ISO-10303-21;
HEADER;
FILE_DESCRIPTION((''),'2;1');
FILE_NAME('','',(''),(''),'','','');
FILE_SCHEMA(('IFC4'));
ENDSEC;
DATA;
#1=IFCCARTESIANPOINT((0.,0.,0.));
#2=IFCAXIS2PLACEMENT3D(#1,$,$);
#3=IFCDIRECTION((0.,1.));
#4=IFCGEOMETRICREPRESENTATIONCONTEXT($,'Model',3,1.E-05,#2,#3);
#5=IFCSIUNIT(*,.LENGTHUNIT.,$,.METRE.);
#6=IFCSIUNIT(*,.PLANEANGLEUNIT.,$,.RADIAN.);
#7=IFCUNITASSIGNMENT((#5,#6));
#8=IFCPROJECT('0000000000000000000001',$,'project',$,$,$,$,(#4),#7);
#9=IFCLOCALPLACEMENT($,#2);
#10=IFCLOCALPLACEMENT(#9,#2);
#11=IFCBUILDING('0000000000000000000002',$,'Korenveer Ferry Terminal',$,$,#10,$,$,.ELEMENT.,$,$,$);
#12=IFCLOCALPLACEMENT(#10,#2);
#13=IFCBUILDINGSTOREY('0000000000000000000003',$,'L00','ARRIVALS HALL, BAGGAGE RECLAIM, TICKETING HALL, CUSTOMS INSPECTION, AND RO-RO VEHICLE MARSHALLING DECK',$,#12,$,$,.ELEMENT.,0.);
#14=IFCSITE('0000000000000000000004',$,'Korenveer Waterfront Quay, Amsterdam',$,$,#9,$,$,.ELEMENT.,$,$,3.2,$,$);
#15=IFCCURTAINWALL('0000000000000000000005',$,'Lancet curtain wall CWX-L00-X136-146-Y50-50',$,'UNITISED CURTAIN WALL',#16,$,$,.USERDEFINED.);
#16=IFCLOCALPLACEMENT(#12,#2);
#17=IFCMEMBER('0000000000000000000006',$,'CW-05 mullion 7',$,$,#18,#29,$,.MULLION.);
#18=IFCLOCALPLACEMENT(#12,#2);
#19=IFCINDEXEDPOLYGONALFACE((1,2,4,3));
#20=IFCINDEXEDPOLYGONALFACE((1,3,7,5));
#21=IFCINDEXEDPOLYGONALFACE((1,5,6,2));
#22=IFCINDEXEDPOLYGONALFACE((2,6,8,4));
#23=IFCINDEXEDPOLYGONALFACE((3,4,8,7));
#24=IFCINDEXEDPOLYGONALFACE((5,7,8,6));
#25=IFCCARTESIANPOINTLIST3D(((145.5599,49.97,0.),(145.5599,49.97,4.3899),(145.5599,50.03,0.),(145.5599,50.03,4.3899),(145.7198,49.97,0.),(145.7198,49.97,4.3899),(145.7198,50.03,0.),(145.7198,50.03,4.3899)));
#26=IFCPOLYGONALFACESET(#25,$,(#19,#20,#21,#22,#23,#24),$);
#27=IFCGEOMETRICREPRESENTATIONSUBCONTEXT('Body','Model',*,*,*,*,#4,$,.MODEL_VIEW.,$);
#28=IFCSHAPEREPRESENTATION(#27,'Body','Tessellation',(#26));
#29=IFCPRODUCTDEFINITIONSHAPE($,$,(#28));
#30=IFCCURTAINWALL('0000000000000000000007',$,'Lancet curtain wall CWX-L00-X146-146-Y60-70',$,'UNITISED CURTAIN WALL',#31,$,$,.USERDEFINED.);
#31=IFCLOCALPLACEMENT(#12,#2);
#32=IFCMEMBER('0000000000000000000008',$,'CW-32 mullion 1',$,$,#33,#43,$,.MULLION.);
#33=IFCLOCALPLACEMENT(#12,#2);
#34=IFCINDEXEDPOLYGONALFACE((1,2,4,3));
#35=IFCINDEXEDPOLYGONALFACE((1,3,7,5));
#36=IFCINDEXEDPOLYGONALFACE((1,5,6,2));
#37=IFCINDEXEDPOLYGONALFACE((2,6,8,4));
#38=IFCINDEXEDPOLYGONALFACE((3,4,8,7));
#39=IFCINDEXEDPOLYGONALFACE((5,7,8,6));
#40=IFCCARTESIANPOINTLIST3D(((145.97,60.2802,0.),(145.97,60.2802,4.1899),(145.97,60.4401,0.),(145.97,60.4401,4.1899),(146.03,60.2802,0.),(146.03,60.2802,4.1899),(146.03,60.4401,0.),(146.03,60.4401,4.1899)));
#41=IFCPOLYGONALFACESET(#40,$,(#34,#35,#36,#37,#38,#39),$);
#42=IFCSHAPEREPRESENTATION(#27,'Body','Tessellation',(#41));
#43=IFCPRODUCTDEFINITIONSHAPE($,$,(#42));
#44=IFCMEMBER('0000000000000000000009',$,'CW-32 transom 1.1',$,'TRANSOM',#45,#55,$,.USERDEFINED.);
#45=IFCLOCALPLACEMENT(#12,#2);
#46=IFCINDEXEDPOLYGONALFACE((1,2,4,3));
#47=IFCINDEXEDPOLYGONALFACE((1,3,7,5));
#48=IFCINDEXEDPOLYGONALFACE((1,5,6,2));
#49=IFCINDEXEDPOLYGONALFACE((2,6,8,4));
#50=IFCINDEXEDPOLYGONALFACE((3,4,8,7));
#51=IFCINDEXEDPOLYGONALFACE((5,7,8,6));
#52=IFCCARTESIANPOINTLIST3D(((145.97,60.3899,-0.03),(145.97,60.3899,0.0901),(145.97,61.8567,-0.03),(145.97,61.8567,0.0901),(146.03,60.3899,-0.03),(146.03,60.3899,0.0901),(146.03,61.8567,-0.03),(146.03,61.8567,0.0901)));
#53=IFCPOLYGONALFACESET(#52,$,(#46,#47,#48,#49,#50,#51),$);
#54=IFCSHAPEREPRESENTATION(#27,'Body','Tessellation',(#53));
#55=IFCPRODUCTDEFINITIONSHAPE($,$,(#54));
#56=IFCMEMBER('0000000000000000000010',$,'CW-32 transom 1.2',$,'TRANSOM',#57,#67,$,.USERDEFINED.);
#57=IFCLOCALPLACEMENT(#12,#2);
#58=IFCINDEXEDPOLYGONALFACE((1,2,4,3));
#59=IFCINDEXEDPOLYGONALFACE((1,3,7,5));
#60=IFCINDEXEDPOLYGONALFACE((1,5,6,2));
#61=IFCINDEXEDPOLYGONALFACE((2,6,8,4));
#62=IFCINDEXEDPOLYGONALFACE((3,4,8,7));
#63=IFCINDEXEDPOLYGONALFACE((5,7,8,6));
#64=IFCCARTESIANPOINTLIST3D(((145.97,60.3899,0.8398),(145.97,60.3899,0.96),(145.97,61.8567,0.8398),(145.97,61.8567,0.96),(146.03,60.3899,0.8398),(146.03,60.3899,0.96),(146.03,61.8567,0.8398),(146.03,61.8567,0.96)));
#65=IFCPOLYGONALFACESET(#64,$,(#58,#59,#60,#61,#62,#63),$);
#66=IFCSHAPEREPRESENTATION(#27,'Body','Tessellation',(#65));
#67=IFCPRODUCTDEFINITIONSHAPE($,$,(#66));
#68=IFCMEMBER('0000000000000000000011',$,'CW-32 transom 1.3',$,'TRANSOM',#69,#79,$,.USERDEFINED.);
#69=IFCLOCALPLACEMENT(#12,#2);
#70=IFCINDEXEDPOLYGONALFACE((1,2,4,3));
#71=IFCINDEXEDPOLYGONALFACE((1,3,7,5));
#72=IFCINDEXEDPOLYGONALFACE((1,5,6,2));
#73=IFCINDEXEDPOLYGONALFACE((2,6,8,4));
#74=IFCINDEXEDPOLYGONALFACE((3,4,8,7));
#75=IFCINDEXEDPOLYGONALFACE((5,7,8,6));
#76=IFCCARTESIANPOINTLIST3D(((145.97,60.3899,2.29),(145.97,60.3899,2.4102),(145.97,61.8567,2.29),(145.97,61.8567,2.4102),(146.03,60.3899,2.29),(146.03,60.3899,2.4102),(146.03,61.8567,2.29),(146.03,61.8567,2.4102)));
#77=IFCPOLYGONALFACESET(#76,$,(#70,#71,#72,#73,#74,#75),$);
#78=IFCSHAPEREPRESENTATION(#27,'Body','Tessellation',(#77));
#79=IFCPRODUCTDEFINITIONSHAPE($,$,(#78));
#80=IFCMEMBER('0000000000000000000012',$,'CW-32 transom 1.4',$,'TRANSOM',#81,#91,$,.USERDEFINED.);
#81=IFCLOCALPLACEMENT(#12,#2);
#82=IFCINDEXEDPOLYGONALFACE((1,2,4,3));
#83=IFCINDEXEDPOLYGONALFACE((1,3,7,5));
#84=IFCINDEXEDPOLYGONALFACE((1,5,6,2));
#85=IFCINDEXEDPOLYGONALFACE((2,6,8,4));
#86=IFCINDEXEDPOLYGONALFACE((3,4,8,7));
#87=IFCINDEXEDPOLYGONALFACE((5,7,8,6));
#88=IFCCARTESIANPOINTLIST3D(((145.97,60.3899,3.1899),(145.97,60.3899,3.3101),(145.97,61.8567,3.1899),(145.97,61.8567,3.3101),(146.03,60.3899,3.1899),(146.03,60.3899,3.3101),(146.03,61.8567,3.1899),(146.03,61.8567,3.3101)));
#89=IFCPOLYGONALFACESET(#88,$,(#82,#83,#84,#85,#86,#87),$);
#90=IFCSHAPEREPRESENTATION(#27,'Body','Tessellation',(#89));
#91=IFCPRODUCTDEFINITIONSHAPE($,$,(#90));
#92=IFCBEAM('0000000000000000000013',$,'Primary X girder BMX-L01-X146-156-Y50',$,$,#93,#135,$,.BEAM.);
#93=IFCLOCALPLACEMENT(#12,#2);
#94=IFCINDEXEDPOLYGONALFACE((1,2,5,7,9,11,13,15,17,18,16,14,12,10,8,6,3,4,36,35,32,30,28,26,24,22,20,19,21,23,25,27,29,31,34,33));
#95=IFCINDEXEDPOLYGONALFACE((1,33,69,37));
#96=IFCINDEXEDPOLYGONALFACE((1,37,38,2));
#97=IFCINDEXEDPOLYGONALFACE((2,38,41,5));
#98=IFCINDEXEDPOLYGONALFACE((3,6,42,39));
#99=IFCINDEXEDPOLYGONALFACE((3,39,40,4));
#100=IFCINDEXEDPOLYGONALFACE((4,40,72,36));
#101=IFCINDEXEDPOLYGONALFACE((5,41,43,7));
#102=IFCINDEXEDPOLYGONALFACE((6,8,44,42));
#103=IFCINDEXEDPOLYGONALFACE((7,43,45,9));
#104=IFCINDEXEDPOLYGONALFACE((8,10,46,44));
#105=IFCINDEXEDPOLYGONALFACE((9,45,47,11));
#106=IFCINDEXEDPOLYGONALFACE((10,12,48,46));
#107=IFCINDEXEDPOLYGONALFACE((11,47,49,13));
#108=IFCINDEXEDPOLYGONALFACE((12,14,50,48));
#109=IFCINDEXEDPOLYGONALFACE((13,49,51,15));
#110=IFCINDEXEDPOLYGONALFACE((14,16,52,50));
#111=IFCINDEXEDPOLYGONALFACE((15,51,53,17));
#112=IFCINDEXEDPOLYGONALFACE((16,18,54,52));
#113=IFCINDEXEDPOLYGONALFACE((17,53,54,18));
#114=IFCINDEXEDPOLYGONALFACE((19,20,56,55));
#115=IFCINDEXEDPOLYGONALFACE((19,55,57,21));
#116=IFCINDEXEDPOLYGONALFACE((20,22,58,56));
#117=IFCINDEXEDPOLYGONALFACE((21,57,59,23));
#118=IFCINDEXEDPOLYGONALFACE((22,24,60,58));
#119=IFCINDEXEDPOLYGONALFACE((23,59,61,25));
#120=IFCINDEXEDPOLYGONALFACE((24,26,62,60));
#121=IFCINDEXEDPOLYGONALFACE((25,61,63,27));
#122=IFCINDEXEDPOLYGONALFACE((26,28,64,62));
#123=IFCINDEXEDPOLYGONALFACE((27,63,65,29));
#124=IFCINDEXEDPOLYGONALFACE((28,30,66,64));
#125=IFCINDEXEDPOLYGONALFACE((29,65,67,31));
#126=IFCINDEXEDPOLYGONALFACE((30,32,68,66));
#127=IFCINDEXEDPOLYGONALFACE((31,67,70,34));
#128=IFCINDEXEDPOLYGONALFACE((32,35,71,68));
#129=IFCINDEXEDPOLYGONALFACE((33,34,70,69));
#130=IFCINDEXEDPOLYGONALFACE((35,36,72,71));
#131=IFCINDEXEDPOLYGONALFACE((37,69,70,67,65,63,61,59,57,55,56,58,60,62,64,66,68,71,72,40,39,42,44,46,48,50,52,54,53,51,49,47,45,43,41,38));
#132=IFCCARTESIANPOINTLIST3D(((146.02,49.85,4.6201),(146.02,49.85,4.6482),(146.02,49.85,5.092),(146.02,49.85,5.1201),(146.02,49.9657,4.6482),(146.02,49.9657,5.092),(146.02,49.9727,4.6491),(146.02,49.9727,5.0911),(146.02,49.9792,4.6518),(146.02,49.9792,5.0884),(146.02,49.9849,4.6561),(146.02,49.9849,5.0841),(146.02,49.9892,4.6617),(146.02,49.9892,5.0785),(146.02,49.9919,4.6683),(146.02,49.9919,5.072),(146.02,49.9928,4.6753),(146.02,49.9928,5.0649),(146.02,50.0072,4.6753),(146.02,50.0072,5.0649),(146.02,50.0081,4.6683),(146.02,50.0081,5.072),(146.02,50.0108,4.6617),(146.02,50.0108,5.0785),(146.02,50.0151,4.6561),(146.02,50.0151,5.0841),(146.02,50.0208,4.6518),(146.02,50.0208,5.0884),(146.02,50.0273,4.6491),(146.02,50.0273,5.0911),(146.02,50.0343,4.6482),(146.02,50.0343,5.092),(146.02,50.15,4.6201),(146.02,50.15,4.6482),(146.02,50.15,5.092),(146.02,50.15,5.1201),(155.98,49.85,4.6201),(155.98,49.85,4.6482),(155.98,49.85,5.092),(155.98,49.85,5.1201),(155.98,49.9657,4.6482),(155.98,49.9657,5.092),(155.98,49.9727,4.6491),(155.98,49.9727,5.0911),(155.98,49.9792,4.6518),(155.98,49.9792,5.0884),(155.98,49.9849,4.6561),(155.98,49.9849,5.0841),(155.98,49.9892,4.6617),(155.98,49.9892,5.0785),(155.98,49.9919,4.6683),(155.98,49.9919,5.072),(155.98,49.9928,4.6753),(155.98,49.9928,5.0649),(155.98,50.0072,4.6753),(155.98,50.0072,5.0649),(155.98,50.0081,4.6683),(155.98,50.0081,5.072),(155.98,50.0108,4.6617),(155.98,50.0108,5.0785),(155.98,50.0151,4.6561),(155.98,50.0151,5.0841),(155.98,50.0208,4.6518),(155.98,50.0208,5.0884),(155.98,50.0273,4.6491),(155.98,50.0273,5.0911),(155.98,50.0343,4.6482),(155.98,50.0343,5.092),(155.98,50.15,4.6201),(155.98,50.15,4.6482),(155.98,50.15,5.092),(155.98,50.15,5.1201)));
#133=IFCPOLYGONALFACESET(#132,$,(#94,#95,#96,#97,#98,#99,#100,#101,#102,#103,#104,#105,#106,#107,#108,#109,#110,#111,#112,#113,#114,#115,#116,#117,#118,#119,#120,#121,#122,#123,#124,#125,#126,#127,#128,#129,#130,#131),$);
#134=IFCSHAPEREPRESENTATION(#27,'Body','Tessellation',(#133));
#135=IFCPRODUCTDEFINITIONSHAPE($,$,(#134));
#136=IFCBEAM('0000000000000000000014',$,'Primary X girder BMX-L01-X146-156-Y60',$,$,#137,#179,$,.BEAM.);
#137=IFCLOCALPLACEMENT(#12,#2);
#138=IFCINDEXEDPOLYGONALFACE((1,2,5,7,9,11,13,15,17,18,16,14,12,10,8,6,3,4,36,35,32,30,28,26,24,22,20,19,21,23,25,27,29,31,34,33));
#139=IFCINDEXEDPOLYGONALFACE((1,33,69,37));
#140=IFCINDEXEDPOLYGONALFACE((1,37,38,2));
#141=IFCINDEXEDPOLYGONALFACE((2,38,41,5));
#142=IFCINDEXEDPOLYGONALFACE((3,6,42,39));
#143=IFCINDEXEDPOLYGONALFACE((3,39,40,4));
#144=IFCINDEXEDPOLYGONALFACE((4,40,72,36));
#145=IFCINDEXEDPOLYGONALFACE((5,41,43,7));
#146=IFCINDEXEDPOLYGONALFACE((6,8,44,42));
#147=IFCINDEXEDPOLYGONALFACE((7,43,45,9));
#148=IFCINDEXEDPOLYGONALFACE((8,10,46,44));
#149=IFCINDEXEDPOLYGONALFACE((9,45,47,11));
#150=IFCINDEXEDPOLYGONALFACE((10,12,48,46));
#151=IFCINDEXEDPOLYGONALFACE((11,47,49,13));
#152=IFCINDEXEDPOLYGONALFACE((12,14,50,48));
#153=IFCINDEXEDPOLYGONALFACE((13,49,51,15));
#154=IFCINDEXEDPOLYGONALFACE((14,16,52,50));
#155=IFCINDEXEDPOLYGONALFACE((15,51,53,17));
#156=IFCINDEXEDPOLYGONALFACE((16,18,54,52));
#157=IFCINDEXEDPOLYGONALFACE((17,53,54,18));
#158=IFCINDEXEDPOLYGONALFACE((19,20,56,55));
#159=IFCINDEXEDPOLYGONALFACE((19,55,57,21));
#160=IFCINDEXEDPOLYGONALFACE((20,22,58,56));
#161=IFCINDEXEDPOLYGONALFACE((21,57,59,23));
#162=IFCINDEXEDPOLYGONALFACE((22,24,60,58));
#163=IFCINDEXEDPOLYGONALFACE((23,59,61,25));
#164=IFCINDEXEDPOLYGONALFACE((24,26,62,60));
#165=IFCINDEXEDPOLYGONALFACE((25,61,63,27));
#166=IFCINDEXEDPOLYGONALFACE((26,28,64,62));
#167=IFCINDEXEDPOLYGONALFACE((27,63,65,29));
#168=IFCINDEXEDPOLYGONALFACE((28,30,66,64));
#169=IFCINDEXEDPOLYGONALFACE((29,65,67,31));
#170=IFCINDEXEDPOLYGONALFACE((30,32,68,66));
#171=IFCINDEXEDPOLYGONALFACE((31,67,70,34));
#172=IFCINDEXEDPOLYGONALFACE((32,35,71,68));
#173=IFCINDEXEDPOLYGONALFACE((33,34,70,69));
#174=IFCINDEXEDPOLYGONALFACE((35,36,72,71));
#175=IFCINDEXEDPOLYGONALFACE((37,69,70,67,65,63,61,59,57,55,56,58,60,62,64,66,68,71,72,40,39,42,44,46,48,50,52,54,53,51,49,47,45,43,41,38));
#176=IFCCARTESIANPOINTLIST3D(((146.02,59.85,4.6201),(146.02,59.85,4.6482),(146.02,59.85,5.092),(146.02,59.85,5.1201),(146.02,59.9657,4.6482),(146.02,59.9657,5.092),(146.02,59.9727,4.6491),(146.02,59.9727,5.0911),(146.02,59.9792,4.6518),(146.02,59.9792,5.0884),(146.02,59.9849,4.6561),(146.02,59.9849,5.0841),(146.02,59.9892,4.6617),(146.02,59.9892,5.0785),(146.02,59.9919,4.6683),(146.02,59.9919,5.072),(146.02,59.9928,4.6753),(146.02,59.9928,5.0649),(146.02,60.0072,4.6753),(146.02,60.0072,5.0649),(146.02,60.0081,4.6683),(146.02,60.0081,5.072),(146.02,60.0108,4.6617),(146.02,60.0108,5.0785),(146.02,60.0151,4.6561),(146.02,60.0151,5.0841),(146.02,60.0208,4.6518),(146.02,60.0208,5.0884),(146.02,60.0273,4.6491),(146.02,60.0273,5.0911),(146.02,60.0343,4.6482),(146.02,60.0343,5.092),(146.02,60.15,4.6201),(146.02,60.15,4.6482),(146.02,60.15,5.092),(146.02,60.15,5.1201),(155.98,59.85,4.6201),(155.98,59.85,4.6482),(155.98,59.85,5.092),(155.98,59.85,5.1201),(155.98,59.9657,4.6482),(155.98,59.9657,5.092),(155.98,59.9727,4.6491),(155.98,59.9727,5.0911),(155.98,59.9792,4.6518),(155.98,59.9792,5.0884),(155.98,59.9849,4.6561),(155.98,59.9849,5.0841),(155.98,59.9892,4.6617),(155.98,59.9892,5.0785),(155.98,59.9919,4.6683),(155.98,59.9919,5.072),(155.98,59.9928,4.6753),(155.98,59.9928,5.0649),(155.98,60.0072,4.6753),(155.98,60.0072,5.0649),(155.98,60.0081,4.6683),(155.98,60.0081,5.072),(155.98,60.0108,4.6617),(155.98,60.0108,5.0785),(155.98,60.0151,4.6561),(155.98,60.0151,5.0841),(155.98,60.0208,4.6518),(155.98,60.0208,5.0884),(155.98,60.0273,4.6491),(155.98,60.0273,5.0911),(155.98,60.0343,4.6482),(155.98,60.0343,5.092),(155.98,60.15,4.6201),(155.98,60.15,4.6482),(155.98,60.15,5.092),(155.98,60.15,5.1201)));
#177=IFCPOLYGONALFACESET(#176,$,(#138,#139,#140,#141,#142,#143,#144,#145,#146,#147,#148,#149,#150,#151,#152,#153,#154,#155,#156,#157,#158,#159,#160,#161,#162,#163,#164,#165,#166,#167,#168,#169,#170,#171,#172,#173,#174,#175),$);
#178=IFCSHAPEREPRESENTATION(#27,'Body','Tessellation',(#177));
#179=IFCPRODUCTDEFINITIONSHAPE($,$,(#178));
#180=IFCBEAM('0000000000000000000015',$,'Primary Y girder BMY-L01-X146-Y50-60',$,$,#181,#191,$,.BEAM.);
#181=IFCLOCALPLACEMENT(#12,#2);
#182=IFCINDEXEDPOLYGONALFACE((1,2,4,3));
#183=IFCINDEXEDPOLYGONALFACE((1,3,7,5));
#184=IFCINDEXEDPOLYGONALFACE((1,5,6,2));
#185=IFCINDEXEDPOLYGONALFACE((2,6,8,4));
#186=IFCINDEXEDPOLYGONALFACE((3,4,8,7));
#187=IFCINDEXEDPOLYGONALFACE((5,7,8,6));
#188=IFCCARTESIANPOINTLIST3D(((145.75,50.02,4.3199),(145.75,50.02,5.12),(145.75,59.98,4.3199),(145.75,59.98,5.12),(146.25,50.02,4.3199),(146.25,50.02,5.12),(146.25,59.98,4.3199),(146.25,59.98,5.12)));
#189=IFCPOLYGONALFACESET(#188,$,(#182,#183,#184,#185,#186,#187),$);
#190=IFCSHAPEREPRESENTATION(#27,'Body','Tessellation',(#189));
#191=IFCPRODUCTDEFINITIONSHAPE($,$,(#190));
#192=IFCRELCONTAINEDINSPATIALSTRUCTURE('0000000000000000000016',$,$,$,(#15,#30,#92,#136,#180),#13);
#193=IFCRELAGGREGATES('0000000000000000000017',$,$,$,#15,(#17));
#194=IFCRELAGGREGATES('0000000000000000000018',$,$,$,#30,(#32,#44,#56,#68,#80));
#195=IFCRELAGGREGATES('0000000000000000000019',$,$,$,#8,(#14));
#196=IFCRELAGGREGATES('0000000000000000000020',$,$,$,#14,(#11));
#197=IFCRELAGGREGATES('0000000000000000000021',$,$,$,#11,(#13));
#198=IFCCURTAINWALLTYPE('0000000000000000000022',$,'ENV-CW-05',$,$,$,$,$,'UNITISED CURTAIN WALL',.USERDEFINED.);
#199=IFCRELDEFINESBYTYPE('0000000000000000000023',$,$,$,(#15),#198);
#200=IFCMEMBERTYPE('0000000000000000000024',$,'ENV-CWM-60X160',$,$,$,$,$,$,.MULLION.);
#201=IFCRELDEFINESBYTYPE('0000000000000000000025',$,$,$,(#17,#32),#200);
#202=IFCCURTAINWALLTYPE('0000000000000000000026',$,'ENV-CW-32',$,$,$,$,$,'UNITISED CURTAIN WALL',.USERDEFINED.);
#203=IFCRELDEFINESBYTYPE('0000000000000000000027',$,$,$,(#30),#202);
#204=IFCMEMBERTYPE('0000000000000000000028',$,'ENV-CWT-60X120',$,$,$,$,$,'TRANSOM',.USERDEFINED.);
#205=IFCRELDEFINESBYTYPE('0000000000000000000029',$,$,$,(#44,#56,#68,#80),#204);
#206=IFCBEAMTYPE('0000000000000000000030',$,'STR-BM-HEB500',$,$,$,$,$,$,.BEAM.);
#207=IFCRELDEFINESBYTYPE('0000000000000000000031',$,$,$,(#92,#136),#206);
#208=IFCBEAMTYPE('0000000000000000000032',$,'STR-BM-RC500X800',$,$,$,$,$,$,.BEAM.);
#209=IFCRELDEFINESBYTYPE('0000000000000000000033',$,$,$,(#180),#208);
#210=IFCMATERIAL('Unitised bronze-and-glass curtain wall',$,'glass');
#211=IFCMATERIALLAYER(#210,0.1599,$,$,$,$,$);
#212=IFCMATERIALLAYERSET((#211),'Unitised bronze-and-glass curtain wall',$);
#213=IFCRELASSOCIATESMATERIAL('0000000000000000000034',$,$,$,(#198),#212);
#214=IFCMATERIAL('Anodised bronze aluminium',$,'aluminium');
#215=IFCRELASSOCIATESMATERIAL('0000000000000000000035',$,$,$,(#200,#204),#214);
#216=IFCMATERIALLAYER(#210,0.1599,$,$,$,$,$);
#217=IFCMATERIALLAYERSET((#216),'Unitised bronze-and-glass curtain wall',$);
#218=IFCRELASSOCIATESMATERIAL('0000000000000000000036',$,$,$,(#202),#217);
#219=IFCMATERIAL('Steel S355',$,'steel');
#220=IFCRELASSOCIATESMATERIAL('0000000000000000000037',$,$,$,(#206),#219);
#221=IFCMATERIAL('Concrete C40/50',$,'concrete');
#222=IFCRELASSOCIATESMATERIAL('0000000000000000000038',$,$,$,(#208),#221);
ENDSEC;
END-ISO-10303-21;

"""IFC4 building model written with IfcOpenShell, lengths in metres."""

from ifc_helpers import new_model, si_unit, direction, frame, origin, origin_2d, place, context, subcontext, project, spatial, rectangle, i_section, extrude, material, layer, layer_set, material_profile, profile_set, type_object, element, aggregate, save


model = new_model("IFC4")

# Units and contexts
model_context = context("Model", 3, precision=1e-05, world=origin(), true_north=direction((0.0, 1.0)))
body_context = subcontext(model_context, "Body", "Model", "MODEL_VIEW")
ifc_project = project(units=[si_unit("LENGTHUNIT", "METRE"), si_unit("PLANEANGLEUNIT", "RADIAN")], contexts=[model_context])

# Site, building, storey
site_placement = place(None, origin())
site = spatial("IfcSite", under=ifc_project, at=site_placement, Name="Korenveer Waterfront Quay, Amsterdam", CompositionType="ELEMENT", RefElevation=3.2)
building_placement = place(site_placement, origin())
building = spatial("IfcBuilding", under=site, at=building_placement, Name="Korenveer Ferry Terminal", CompositionType="ELEMENT")
storey_placement = place(building_placement, origin())
storey = spatial("IfcBuildingStorey", under=building, at=storey_placement, Name="L00", Description="ARRIVALS HALL, BAGGAGE RECLAIM, TICKETING HALL, CUSTOMS INSPECTION, AND RO-RO VEHICLE MARSHALLING DECK", CompositionType="ELEMENT", Elevation=0.0)

# Shared definitions
ifc_material_1 = material(Name="Concrete C40/50", Category="concrete")

# Curtain wall, member
ifc_material_2 = material(Name="Unitised bronze-and-glass curtain wall", Category="glass")
ifc_layer_1 = layer(ifc_material_2, 0.1599)
ifc_layer_set_1 = layer_set([ifc_layer_1], Name="Unitised bronze-and-glass curtain wall")
curtain_wall_type_1 = type_object("IfcCurtainWallType", Name="ENV-CW-05", ElementType="UNITISED CURTAIN WALL", PredefinedType="USERDEFINED", material=ifc_layer_set_1)
curtain_wall_1_placement = place(storey_placement, frame((136.23, 50.0, 0.0)))
curtain_wall_1 = element("IfcCurtainWall", 1, at=curtain_wall_1_placement, inside=storey, type_object=curtain_wall_type_1, Name="Lancet curtain wall CWX-L00-X136-146-Y50-50", ObjectType="UNITISED CURTAIN WALL", PredefinedType="USERDEFINED")
ifc_material_3 = material(Name="Anodised bronze aluminium", Category="aluminium")
ifc_material_profile_1 = material_profile(ifc_material_3, rectangle(XDim=0.0601, YDim=0.1599, at=origin_2d()), Name="ALU 60x160")
ifc_profile_set_1 = profile_set([ifc_material_profile_1], Name="Anodised bronze aluminium")
member_type_1 = type_object("IfcMemberType", Name="ENV-CWM-60X160", PredefinedType="MULLION", material=ifc_profile_set_1)
member_1_placement = place(storey_placement, frame((145.6399, 50.0, 0.0), z_axis=(0.0, 0.0, 1.0), x_axis=(0.0, 1.0, 0.0)))
member_1 = element("IfcMember", 2, at=member_1_placement, type_object=member_type_1, Name="CW-05 mullion 7", PredefinedType="MULLION", context=body_context, shape_type="SweptSolid", body=[
    extrude(rectangle(XDim=0.0601, YDim=0.1599, at=origin_2d()), origin(), (0.0, 0.0, 1.0), 4.3899),
])
aggregate(curtain_wall_1, [member_1])

# Curtain wall, members
ifc_layer_2 = layer(ifc_material_2, 0.1599)
ifc_layer_set_2 = layer_set([ifc_layer_2], Name="Unitised bronze-and-glass curtain wall")
curtain_wall_type_2 = type_object("IfcCurtainWallType", Name="ENV-CW-32", ElementType="UNITISED CURTAIN WALL", PredefinedType="USERDEFINED", material=ifc_layer_set_2)
curtain_wall_2_placement = place(storey_placement, frame((146.0, 60.3301, 0.0)))
curtain_wall_2 = element("IfcCurtainWall", 3, at=curtain_wall_2_placement, inside=storey, type_object=curtain_wall_type_2, Name="Lancet curtain wall CWX-L00-X146-146-Y60-70", ObjectType="UNITISED CURTAIN WALL", PredefinedType="USERDEFINED")
member_2_placement = place(storey_placement, frame((146.0, 60.3601, 0.0), z_axis=(0.0, 0.0, 1.0), x_axis=(-1.0, 0.0, 0.0)))
member_2 = element("IfcMember", 4, at=member_2_placement, type_object=member_type_1, Name="CW-32 mullion 1", PredefinedType="MULLION", context=body_context, shape_type="SweptSolid", body=[
    extrude(rectangle(XDim=0.0601, YDim=0.1599, at=origin_2d()), origin(), (0.0, 0.0, 1.0), 4.1899),
])
ifc_material_profile_2 = material_profile(ifc_material_3, rectangle(XDim=0.0601, YDim=0.1201, at=origin_2d()), Name="ALU 60x120")
ifc_profile_set_2 = profile_set([ifc_material_profile_2], Name="Anodised bronze aluminium")
member_type_2 = type_object("IfcMemberType", Name="ENV-CWT-60X120", ElementType="TRANSOM", PredefinedType="USERDEFINED", material=ifc_profile_set_2)
member_3_placement = place(storey_placement, frame((146.0, 60.3899, 0.03), z_axis=(0.0, 1.0, 0.0), x_axis=(-1.0, 0.0, 0.0)))
member_3 = element("IfcMember", 5, at=member_3_placement, type_object=member_type_2, Name="CW-32 transom 1.1", ObjectType="TRANSOM", PredefinedType="USERDEFINED", context=body_context, shape_type="SweptSolid", body=[
    extrude(rectangle(XDim=0.0601, YDim=0.1201, at=origin_2d()), origin(), (0.0, 0.0, 1.0), 1.4668),
])
member_4_placement = place(storey_placement, frame((146.0, 60.3899, 0.8999), z_axis=(0.0, 1.0, 0.0), x_axis=(-1.0, 0.0, 0.0)))
member_4 = element("IfcMember", 6, at=member_4_placement, type_object=member_type_2, Name="CW-32 transom 1.2", ObjectType="TRANSOM", PredefinedType="USERDEFINED", context=body_context, shape_type="SweptSolid", body=[
    extrude(rectangle(XDim=0.0601, YDim=0.1201, at=origin_2d()), origin(), (0.0, 0.0, 1.0), 1.4668),
])
member_5_placement = place(storey_placement, frame((146.0, 60.3899, 2.3501), z_axis=(0.0, 1.0, 0.0), x_axis=(-1.0, 0.0, 0.0)))
member_5 = element("IfcMember", 7, at=member_5_placement, type_object=member_type_2, Name="CW-32 transom 1.3", ObjectType="TRANSOM", PredefinedType="USERDEFINED", context=body_context, shape_type="SweptSolid", body=[
    extrude(rectangle(XDim=0.0601, YDim=0.1201, at=origin_2d()), origin(), (0.0, 0.0, 1.0), 1.4668),
])
member_6_placement = place(storey_placement, frame((146.0, 60.3899, 3.25), z_axis=(0.0, 1.0, 0.0), x_axis=(-1.0, 0.0, 0.0)))
member_6 = element("IfcMember", 8, at=member_6_placement, type_object=member_type_2, Name="CW-32 transom 1.4", ObjectType="TRANSOM", PredefinedType="USERDEFINED", context=body_context, shape_type="SweptSolid", body=[
    extrude(rectangle(XDim=0.0601, YDim=0.1201, at=origin_2d()), origin(), (0.0, 0.0, 1.0), 1.4668),
])
aggregate(curtain_wall_2, [member_2, member_3, member_4, member_5, member_6])

# Beams
ifc_material_4 = material(Name="Steel S355", Category="steel")
ifc_material_profile_3 = material_profile(ifc_material_4, i_section(OverallWidth=0.3, OverallDepth=0.5, WebThickness=0.0144, FlangeThickness=0.0281, FilletRadius=0.0271, at=origin_2d()), Name="HEB 500")
ifc_profile_set_3 = profile_set([ifc_material_profile_3], Name="Steel S355")
beam_type_1 = type_object("IfcBeamType", Name="STR-BM-HEB500", PredefinedType="BEAM", material=ifc_profile_set_3)
for number, where, z_axis, x_axis, name in (
    (9, (146.02, 50.0, 4.8701), (1.0, 0.0, 0.0), (0.0, 1.0, 0.0), "Primary X girder BMX-L01-X146-156-Y50"),
    (10, (146.02, 60.0, 4.8701), (1.0, 0.0, 0.0), (0.0, 1.0, 0.0), "Primary X girder BMX-L01-X146-156-Y60"),
):
    element("IfcBeam", number, at=place(storey_placement, frame(where, z_axis=z_axis, x_axis=x_axis)), inside=storey, type_object=beam_type_1, Name=name, PredefinedType="BEAM", context=body_context, shape_type="SweptSolid", body=[
        extrude(i_section(OverallWidth=0.3, OverallDepth=0.5, WebThickness=0.0144, FlangeThickness=0.0281, FilletRadius=0.0271, at=origin_2d()), origin(), (0.0, 0.0, 1.0), 9.96),
    ])
ifc_material_profile_4 = material_profile(ifc_material_1, rectangle(XDim=0.5, YDim=0.8, at=origin_2d()), Name="RC 500x800")
ifc_profile_set_4 = profile_set([ifc_material_profile_4], Name="Concrete C40/50")
beam_type_2 = type_object("IfcBeamType", Name="STR-BM-RC500X800", PredefinedType="BEAM", material=ifc_profile_set_4)
for number, where, z_axis, x_axis, name in (
    (11, (146.0, 50.02, 4.72), (0.0, 1.0, 0.0), (-1.0, 0.0, 0.0), "Primary Y girder BMY-L01-X146-Y50-60"),
):
    element("IfcBeam", number, at=place(storey_placement, frame(where, z_axis=z_axis, x_axis=x_axis)), inside=storey, type_object=beam_type_2, Name=name, PredefinedType="BEAM", context=body_context, shape_type="SweptSolid", body=[
        extrude(rectangle(XDim=0.5, YDim=0.8, at=origin_2d()), origin(), (0.0, 0.0, 1.0), 9.96),
    ])

save(model, "model.ifc")
